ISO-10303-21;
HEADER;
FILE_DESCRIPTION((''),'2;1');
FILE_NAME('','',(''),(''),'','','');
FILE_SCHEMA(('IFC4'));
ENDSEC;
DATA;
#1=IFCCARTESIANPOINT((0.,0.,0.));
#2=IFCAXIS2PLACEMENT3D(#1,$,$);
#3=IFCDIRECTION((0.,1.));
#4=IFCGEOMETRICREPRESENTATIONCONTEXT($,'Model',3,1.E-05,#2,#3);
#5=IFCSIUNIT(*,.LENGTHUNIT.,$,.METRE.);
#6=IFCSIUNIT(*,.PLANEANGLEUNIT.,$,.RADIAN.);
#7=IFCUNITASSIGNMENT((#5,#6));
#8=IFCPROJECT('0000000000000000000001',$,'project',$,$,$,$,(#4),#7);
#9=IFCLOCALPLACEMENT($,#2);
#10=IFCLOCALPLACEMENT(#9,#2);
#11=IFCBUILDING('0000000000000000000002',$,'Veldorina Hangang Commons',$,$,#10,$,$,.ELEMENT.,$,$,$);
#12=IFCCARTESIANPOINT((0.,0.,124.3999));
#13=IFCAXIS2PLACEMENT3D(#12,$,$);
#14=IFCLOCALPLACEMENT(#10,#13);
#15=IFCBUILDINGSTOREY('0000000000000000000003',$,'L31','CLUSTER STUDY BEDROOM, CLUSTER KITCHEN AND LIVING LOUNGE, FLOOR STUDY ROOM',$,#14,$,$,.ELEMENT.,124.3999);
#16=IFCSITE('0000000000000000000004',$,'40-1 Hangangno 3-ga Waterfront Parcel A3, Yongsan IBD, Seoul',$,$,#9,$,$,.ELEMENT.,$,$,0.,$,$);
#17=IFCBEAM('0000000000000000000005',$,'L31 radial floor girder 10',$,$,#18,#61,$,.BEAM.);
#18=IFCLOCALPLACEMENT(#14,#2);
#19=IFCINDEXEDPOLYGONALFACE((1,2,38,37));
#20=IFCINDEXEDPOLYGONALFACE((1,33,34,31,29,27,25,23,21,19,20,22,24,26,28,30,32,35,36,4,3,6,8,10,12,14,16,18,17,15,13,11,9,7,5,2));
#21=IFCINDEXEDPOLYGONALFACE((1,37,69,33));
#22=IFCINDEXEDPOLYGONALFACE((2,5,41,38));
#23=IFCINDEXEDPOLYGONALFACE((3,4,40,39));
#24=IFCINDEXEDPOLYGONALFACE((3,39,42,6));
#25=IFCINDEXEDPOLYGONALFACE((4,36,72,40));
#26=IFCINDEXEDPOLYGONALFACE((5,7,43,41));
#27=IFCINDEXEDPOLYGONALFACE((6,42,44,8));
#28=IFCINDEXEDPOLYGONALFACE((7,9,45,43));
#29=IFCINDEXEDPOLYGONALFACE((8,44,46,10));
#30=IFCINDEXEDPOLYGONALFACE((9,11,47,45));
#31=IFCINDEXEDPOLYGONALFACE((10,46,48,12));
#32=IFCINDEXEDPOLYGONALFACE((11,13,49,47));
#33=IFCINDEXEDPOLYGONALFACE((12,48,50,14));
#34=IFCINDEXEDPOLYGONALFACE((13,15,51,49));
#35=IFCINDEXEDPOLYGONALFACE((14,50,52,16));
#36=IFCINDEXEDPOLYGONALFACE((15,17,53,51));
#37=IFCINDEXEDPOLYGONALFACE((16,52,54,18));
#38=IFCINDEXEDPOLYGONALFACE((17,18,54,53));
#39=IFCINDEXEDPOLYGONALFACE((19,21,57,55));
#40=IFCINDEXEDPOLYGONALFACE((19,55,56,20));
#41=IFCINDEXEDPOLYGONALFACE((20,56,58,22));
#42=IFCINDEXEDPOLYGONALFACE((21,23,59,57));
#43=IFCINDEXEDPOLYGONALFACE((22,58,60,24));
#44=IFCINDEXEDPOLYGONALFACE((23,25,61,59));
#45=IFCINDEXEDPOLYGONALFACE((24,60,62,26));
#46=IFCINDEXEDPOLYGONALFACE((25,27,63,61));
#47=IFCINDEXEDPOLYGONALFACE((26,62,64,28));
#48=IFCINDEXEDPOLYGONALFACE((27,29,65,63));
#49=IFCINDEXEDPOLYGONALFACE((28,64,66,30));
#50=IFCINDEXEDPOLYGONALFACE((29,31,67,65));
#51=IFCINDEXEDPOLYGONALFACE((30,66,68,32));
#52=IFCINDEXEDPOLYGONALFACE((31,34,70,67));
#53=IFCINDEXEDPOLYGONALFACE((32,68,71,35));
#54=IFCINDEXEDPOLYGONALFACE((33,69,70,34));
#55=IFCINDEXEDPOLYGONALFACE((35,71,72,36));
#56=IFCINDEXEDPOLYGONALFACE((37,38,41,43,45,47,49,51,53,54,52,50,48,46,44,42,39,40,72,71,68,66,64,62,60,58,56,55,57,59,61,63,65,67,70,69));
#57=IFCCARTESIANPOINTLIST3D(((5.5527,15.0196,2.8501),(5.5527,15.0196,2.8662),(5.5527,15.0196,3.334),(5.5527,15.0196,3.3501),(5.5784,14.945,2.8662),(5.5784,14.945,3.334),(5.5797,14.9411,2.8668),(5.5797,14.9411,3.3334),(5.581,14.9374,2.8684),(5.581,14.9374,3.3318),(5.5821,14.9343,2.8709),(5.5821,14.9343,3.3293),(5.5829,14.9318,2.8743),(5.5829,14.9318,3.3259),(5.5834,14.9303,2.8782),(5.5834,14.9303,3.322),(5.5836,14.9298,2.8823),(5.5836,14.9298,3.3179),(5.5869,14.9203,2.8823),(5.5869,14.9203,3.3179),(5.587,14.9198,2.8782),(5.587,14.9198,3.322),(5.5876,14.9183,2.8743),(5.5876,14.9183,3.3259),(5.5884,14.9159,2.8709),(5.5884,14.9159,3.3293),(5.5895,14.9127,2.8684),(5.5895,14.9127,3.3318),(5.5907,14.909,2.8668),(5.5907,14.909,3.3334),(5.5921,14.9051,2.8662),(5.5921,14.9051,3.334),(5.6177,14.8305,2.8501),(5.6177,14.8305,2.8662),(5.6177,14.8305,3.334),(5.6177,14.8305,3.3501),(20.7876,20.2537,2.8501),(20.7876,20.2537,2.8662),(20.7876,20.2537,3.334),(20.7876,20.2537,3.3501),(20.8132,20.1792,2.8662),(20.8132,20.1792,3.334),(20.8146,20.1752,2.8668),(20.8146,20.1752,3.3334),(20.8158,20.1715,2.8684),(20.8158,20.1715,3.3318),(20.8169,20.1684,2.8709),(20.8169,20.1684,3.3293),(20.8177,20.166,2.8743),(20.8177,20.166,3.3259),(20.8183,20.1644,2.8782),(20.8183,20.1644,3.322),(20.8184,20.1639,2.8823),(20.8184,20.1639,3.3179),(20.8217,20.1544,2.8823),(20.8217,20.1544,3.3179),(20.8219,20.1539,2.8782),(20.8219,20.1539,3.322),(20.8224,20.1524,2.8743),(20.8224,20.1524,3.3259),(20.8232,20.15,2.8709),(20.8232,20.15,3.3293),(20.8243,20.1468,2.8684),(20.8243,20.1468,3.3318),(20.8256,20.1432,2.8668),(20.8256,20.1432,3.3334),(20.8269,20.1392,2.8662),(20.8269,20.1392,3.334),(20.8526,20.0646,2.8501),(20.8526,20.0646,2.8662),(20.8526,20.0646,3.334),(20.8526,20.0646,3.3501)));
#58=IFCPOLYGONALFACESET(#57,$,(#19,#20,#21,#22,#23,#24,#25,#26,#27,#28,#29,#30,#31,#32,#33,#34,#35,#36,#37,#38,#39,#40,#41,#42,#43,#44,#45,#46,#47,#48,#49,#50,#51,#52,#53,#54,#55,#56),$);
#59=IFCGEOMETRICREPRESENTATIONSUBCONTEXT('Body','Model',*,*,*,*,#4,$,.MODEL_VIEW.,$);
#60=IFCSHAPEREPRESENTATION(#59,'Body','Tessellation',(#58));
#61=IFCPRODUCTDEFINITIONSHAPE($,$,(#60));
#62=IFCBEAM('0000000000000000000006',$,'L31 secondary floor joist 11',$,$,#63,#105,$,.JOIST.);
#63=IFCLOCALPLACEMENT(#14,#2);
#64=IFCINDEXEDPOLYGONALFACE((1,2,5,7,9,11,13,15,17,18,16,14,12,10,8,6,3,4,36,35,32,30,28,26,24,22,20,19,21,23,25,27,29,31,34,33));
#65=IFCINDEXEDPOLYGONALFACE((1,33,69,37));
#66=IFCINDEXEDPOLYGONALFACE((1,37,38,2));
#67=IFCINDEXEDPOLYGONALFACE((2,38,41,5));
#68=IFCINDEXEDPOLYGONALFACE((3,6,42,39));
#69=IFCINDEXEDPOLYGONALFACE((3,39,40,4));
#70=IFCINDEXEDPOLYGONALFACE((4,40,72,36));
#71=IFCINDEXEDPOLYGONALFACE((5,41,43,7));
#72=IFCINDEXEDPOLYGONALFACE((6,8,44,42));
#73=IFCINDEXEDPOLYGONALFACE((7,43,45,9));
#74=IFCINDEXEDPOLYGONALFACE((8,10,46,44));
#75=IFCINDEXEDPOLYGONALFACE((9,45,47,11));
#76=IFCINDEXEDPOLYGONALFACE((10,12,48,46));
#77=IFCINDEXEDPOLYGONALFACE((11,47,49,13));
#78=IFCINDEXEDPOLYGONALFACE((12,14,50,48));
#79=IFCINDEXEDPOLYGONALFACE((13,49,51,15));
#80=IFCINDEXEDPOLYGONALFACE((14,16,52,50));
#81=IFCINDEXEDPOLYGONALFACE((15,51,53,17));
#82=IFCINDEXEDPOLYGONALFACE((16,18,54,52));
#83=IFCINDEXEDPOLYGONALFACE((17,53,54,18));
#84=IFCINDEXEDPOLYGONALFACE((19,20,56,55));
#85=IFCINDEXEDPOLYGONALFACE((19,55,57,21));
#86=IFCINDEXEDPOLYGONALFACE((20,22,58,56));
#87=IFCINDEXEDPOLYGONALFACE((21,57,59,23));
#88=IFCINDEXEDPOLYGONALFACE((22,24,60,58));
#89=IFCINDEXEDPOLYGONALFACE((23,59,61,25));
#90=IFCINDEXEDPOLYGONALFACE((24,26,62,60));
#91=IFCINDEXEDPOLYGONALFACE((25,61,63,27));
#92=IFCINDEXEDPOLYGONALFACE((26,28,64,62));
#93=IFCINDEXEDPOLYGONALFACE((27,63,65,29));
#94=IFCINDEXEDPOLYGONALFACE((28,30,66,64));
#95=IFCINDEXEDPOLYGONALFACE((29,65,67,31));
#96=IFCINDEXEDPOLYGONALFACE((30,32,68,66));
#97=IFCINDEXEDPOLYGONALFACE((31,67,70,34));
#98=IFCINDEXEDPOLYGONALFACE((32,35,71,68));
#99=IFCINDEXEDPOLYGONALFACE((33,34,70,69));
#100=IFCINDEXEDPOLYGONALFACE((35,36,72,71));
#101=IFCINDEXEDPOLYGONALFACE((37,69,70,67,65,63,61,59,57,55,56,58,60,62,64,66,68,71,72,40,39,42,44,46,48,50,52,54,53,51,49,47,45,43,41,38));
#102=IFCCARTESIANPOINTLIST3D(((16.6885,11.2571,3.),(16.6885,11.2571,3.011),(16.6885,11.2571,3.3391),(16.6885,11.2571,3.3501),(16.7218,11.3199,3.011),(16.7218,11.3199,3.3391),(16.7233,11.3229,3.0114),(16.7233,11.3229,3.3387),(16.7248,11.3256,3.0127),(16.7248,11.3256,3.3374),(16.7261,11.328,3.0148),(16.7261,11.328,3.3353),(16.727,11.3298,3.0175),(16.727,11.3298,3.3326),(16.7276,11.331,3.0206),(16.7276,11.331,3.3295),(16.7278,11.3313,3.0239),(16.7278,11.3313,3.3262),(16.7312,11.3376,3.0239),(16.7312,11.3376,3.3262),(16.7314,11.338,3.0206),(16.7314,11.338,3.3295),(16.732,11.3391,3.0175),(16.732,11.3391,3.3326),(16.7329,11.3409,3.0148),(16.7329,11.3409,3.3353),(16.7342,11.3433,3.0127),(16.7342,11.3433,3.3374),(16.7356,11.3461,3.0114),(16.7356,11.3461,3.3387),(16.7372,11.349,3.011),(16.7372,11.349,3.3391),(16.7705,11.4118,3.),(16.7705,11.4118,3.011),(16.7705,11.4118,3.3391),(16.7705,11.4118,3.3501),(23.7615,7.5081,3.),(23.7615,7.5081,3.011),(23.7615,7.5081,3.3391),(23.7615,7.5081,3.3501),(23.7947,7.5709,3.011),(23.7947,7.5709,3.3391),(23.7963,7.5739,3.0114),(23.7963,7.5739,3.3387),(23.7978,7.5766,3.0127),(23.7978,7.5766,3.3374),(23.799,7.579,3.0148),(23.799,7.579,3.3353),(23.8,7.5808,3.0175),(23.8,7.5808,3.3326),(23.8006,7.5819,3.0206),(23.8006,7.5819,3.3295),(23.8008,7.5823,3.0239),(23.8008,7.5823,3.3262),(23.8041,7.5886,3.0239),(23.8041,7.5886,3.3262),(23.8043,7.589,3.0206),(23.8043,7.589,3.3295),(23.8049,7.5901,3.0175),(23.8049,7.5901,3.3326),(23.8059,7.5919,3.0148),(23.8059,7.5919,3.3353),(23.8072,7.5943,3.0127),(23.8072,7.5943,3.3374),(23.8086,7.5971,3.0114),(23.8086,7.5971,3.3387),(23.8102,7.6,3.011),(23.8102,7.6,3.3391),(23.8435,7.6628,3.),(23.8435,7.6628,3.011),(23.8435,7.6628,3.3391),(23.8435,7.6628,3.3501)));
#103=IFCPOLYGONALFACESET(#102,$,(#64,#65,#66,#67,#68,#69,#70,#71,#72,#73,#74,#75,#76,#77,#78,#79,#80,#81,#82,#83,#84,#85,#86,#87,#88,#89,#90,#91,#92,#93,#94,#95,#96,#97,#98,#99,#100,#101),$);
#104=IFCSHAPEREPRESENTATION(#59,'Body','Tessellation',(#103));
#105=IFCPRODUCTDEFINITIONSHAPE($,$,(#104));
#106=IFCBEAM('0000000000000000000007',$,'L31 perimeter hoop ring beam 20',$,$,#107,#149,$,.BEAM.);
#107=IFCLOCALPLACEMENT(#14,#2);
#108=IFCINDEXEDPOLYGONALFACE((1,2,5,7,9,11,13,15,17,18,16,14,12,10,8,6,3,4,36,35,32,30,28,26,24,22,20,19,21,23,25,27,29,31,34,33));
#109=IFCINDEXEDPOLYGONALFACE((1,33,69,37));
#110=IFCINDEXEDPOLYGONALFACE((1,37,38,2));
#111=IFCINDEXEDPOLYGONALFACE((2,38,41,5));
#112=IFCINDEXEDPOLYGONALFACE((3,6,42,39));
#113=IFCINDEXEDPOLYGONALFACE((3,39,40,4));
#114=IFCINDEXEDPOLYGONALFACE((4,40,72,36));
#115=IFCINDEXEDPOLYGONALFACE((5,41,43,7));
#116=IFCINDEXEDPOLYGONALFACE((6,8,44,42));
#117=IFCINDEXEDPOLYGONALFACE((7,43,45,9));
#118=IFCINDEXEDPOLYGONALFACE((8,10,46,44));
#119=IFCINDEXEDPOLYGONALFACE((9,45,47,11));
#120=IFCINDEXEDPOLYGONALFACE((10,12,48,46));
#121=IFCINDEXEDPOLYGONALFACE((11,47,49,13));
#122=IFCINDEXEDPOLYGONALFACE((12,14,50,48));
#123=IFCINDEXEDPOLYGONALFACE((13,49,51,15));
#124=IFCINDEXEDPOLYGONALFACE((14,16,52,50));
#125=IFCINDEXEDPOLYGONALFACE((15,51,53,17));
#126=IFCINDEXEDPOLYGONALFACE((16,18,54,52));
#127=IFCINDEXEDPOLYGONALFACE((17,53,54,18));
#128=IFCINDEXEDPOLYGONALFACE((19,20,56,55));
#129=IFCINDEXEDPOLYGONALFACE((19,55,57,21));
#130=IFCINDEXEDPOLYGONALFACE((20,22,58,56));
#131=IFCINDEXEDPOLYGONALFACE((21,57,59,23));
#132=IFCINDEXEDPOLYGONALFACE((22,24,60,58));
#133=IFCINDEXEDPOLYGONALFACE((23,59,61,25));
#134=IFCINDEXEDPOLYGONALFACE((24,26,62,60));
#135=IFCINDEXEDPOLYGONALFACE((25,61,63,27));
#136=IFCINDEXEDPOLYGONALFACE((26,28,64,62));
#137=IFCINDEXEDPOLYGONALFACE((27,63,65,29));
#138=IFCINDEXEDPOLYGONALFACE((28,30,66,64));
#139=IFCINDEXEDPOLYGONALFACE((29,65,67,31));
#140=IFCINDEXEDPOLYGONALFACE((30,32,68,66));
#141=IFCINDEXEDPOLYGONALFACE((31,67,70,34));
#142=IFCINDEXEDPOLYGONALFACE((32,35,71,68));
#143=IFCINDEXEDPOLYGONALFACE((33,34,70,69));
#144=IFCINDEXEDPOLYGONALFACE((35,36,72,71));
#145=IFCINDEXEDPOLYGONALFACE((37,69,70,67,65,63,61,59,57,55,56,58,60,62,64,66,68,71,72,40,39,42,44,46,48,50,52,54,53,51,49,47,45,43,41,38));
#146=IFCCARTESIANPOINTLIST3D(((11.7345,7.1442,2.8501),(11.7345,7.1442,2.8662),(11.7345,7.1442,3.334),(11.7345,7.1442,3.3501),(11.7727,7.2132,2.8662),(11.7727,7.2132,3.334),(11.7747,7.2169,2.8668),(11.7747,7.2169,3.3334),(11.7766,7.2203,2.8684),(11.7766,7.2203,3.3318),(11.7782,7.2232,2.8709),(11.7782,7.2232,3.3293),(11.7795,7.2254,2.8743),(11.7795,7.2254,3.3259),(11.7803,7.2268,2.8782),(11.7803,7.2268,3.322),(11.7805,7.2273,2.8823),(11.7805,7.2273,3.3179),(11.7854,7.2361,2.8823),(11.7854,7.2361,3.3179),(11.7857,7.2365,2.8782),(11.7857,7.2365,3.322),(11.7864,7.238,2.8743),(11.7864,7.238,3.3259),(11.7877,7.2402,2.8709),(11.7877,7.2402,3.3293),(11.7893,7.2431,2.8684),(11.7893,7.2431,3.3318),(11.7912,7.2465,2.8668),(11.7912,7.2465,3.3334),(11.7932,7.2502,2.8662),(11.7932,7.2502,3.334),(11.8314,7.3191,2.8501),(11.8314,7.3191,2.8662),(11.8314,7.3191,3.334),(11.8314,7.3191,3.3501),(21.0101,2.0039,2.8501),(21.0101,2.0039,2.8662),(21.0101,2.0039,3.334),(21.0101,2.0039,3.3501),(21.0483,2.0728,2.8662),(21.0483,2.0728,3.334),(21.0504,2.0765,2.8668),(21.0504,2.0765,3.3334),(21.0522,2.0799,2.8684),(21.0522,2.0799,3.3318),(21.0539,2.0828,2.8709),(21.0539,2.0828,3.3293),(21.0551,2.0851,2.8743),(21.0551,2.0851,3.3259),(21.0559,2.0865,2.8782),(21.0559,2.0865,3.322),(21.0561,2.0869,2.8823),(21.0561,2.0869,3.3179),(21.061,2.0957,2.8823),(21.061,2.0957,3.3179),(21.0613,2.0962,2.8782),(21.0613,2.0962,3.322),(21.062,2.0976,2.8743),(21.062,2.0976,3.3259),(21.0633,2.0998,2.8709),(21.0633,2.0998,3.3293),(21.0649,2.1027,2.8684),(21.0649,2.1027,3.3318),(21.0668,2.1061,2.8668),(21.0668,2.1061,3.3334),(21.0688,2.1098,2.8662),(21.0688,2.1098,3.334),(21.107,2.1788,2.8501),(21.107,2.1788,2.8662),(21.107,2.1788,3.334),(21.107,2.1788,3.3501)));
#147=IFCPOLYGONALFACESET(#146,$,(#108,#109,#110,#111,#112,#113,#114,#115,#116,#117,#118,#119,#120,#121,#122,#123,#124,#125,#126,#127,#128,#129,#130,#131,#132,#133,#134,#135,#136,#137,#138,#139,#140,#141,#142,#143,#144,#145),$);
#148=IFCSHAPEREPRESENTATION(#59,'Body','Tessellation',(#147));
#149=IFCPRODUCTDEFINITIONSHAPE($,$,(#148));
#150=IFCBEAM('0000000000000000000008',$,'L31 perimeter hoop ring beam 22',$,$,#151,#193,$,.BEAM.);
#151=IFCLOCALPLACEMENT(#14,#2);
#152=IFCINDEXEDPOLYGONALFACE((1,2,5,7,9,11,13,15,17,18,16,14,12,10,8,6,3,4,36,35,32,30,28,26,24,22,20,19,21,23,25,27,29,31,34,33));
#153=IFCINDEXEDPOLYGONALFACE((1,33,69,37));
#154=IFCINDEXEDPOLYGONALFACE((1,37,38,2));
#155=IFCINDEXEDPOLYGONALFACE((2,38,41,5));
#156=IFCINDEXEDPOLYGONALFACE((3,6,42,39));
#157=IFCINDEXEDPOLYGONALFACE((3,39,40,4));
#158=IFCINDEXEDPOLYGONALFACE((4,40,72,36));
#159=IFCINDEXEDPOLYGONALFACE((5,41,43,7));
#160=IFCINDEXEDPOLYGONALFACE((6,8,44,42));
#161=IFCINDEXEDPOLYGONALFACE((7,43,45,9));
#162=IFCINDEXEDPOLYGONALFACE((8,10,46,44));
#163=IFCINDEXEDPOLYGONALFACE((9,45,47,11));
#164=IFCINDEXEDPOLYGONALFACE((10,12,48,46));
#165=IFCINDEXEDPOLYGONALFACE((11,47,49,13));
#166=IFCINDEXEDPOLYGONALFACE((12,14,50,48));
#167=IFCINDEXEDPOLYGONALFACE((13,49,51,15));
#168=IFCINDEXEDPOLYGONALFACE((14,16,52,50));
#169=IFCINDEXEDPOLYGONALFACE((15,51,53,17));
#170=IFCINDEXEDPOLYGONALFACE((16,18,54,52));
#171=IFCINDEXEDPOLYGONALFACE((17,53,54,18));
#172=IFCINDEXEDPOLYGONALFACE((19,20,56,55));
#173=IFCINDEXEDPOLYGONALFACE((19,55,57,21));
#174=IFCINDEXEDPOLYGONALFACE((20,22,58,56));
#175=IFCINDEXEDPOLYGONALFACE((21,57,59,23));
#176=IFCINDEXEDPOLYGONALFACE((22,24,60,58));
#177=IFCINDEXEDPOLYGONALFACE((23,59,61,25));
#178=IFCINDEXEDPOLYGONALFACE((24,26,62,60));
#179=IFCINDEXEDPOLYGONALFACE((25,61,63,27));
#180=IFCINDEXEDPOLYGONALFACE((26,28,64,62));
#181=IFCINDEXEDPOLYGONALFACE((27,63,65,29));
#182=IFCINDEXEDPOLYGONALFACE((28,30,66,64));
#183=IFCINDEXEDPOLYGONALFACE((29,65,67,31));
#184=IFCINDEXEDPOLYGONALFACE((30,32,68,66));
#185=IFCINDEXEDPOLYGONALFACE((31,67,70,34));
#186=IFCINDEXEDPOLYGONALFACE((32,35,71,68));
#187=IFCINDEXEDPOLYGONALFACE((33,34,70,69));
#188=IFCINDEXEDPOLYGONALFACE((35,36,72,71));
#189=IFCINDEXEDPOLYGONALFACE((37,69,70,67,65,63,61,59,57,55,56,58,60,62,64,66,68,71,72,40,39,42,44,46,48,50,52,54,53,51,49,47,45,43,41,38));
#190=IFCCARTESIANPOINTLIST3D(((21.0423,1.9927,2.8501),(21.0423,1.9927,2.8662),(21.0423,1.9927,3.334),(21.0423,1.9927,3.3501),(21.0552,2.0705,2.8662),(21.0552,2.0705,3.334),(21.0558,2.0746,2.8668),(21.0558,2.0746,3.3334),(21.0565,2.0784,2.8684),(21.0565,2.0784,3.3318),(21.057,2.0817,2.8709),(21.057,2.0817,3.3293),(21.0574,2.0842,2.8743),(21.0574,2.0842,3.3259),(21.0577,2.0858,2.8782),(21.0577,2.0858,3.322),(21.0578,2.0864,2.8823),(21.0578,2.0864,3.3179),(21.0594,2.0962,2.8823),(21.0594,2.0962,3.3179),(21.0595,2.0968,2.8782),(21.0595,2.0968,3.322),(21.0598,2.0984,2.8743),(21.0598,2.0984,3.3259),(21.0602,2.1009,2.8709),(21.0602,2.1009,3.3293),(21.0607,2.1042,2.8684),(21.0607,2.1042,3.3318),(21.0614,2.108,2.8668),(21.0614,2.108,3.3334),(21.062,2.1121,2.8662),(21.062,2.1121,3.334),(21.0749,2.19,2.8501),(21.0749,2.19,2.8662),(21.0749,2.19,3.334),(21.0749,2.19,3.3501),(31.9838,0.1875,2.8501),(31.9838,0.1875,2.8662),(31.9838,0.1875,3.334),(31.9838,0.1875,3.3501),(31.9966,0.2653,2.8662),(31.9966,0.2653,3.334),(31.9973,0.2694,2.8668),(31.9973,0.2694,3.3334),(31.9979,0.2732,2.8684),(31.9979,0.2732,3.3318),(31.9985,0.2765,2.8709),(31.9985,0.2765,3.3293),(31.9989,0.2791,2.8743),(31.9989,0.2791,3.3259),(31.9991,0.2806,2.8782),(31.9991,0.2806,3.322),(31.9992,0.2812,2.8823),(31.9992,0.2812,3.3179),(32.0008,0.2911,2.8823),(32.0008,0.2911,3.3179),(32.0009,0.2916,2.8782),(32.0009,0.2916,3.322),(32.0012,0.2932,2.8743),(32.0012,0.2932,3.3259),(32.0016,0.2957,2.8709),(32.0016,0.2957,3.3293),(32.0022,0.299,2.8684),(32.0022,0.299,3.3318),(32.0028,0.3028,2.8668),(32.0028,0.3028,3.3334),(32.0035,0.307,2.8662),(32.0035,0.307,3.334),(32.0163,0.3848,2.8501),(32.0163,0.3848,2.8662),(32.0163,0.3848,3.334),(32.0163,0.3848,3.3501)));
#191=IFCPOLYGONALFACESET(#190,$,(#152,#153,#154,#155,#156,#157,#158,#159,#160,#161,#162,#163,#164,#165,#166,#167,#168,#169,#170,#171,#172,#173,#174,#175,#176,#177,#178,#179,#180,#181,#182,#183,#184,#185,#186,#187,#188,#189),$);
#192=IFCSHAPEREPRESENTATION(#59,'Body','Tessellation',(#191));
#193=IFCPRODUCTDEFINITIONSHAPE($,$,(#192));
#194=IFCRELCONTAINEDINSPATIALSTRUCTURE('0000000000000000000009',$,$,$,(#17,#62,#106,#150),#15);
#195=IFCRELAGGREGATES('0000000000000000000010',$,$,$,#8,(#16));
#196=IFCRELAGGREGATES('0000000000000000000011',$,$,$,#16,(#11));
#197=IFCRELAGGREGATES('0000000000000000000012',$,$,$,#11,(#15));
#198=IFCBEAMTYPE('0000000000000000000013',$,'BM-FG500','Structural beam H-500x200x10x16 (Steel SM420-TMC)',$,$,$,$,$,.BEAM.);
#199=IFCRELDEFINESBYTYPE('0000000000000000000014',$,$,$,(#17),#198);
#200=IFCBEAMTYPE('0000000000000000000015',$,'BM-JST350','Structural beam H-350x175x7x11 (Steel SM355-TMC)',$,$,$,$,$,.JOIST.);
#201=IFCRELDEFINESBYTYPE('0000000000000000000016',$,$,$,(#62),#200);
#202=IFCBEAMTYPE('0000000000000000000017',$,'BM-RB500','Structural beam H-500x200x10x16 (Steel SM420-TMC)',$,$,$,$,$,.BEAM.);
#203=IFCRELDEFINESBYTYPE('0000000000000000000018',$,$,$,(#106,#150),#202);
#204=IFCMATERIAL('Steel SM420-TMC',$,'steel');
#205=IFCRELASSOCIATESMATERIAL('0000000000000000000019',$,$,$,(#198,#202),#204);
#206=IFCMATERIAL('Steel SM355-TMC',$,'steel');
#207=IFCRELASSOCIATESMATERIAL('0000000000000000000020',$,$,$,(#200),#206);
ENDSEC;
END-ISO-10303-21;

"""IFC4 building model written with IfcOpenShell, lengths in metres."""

from ifc_helpers import new_model, si_unit, direction, frame, origin, origin_2d, place, context, subcontext, project, spatial, i_section, extrude, material, material_profile, profile_set, type_object, element, save


model = new_model("IFC4")

# Units and contexts
model_context = context("Model", 3, precision=1e-05, world=origin(), true_north=direction((0.0, 1.0)))
body_context = subcontext(model_context, "Body", "Model", "MODEL_VIEW")
ifc_project = project(units=[si_unit("LENGTHUNIT", "METRE"), si_unit("PLANEANGLEUNIT", "RADIAN")], contexts=[model_context])

# Site, building, storey
site_placement = place(None, origin())
site = spatial("IfcSite", under=ifc_project, at=site_placement, Name="40-1 Hangangno 3-ga Waterfront Parcel A3, Yongsan IBD, Seoul", CompositionType="ELEMENT", RefElevation=0.0)
building_placement = place(site_placement, origin())
building = spatial("IfcBuilding", under=site, at=building_placement, Name="Veldorina Hangang Commons", CompositionType="ELEMENT")
storey_placement = place(building_placement, frame((0.0, 0.0, 124.3999)))
storey = spatial("IfcBuildingStorey", under=building, at=storey_placement, Name="L31", Description="CLUSTER STUDY BEDROOM, CLUSTER KITCHEN AND LIVING LOUNGE, FLOOR STUDY ROOM", CompositionType="ELEMENT", Elevation=124.3999)

# Beams
ifc_material_1 = material(Name="Steel SM420-TMC", Category="steel")
ifc_material_profile_1 = material_profile(ifc_material_1, i_section(OverallWidth=0.2, OverallDepth=0.5, WebThickness=0.01, FlangeThickness=0.0161, FilletRadius=0.0161, at=origin_2d()), Name="H-500x200x10x16")
ifc_profile_set_1 = profile_set([ifc_material_profile_1], Name="Steel SM420-TMC")
beam_type_1 = type_object("IfcBeamType", Name="BM-FG500", Description="Structural beam H-500x200x10x16 (Steel SM420-TMC)", PredefinedType="BEAM", material=ifc_profile_set_1)
beam_1_placement = place(storey_placement, frame((20.8201, 20.1592, 3.1001), z_axis=(-0.945741, -0.324921, 0.0), x_axis=(0.324921, -0.945741, 0.0)))
element("IfcBeam", 1, at=beam_1_placement, inside=storey, type_object=beam_type_1, Name="L31 radial floor girder 10", PredefinedType="BEAM", context=body_context, shape_type="SweptSolid", body=[
    extrude(i_section(OverallWidth=0.2, OverallDepth=0.5, WebThickness=0.01, FlangeThickness=0.0161, FilletRadius=0.0161, at=origin_2d()), origin(), (0.0, 0.0, 1.0), 16.1089),
])
ifc_material_2 = material(Name="Steel SM355-TMC", Category="steel")
ifc_material_profile_2 = material_profile(ifc_material_2, i_section(OverallWidth=0.175, OverallDepth=0.3501, WebThickness=0.0071, FlangeThickness=0.011, FilletRadius=0.0129, at=origin_2d()), Name="H-350x175x7x11")
ifc_profile_set_2 = profile_set([ifc_material_profile_2], Name="Steel SM355-TMC")
beam_type_2 = type_object("IfcBeamType", Name="BM-JST350", Description="Structural beam H-350x175x7x11 (Steel SM355-TMC)", PredefinedType="JOIST", material=ifc_profile_set_2)
beam_2_placement = place(storey_placement, frame((16.7295, 11.3345, 3.175), z_axis=(0.883556, -0.468326, 0.0), x_axis=(0.468326, 0.883556, 0.0)))
element("IfcBeam", 2, at=beam_2_placement, inside=storey, type_object=beam_type_2, Name="L31 secondary floor joist 11", PredefinedType="JOIST", context=body_context, shape_type="SweptSolid", body=[
    extrude(i_section(OverallWidth=0.175, OverallDepth=0.3501, WebThickness=0.0071, FlangeThickness=0.011, FilletRadius=0.0129, at=origin_2d()), origin(), (0.0, 0.0, 1.0), 8.0051),
])
ifc_material_profile_3 = material_profile(ifc_material_1, i_section(OverallWidth=0.2, OverallDepth=0.5, WebThickness=0.01, FlangeThickness=0.0161, FilletRadius=0.0161, at=origin_2d()), Name="H-500x200x10x16")
ifc_profile_set_3 = profile_set([ifc_material_profile_3], Name="Steel SM420-TMC")
beam_type_3 = type_object("IfcBeamType", Name="BM-RB500", Description="Structural beam H-500x200x10x16 (Steel SM420-TMC)", PredefinedType="BEAM", material=ifc_profile_set_3)
beam_3_placement = place(storey_placement, frame((11.783, 7.2317, 3.1001), z_axis=(0.874667, -0.484724, 0.0), x_axis=(0.484724, 0.874667, 0.0)))
element("IfcBeam", 3, at=beam_3_placement, inside=storey, type_object=beam_type_3, Name="L31 perimeter hoop ring beam 20", PredefinedType="BEAM", context=body_context, shape_type="SweptSolid", body=[
    extrude(i_section(OverallWidth=0.2, OverallDepth=0.5, WebThickness=0.01, FlangeThickness=0.0161, FilletRadius=0.0161, at=origin_2d()), origin(), (0.0, 0.0, 1.0), 10.6047),
])
beam_4_placement = place(storey_placement, frame((21.0586, 2.0913, 3.1001), z_axis=(0.986662, -0.162785, 0.0), x_axis=(0.162785, 0.986662, 0.0)))
element("IfcBeam", 4, at=beam_4_placement, inside=storey, type_object=beam_type_3, Name="L31 perimeter hoop ring beam 22", PredefinedType="BEAM", context=body_context, shape_type="SweptSolid", body=[
    extrude(i_section(OverallWidth=0.2, OverallDepth=0.5, WebThickness=0.01, FlangeThickness=0.0161, FilletRadius=0.0161, at=origin_2d()), origin(), (0.0, 0.0, 1.0), 11.0894),
])

save(model, "model.ifc")
